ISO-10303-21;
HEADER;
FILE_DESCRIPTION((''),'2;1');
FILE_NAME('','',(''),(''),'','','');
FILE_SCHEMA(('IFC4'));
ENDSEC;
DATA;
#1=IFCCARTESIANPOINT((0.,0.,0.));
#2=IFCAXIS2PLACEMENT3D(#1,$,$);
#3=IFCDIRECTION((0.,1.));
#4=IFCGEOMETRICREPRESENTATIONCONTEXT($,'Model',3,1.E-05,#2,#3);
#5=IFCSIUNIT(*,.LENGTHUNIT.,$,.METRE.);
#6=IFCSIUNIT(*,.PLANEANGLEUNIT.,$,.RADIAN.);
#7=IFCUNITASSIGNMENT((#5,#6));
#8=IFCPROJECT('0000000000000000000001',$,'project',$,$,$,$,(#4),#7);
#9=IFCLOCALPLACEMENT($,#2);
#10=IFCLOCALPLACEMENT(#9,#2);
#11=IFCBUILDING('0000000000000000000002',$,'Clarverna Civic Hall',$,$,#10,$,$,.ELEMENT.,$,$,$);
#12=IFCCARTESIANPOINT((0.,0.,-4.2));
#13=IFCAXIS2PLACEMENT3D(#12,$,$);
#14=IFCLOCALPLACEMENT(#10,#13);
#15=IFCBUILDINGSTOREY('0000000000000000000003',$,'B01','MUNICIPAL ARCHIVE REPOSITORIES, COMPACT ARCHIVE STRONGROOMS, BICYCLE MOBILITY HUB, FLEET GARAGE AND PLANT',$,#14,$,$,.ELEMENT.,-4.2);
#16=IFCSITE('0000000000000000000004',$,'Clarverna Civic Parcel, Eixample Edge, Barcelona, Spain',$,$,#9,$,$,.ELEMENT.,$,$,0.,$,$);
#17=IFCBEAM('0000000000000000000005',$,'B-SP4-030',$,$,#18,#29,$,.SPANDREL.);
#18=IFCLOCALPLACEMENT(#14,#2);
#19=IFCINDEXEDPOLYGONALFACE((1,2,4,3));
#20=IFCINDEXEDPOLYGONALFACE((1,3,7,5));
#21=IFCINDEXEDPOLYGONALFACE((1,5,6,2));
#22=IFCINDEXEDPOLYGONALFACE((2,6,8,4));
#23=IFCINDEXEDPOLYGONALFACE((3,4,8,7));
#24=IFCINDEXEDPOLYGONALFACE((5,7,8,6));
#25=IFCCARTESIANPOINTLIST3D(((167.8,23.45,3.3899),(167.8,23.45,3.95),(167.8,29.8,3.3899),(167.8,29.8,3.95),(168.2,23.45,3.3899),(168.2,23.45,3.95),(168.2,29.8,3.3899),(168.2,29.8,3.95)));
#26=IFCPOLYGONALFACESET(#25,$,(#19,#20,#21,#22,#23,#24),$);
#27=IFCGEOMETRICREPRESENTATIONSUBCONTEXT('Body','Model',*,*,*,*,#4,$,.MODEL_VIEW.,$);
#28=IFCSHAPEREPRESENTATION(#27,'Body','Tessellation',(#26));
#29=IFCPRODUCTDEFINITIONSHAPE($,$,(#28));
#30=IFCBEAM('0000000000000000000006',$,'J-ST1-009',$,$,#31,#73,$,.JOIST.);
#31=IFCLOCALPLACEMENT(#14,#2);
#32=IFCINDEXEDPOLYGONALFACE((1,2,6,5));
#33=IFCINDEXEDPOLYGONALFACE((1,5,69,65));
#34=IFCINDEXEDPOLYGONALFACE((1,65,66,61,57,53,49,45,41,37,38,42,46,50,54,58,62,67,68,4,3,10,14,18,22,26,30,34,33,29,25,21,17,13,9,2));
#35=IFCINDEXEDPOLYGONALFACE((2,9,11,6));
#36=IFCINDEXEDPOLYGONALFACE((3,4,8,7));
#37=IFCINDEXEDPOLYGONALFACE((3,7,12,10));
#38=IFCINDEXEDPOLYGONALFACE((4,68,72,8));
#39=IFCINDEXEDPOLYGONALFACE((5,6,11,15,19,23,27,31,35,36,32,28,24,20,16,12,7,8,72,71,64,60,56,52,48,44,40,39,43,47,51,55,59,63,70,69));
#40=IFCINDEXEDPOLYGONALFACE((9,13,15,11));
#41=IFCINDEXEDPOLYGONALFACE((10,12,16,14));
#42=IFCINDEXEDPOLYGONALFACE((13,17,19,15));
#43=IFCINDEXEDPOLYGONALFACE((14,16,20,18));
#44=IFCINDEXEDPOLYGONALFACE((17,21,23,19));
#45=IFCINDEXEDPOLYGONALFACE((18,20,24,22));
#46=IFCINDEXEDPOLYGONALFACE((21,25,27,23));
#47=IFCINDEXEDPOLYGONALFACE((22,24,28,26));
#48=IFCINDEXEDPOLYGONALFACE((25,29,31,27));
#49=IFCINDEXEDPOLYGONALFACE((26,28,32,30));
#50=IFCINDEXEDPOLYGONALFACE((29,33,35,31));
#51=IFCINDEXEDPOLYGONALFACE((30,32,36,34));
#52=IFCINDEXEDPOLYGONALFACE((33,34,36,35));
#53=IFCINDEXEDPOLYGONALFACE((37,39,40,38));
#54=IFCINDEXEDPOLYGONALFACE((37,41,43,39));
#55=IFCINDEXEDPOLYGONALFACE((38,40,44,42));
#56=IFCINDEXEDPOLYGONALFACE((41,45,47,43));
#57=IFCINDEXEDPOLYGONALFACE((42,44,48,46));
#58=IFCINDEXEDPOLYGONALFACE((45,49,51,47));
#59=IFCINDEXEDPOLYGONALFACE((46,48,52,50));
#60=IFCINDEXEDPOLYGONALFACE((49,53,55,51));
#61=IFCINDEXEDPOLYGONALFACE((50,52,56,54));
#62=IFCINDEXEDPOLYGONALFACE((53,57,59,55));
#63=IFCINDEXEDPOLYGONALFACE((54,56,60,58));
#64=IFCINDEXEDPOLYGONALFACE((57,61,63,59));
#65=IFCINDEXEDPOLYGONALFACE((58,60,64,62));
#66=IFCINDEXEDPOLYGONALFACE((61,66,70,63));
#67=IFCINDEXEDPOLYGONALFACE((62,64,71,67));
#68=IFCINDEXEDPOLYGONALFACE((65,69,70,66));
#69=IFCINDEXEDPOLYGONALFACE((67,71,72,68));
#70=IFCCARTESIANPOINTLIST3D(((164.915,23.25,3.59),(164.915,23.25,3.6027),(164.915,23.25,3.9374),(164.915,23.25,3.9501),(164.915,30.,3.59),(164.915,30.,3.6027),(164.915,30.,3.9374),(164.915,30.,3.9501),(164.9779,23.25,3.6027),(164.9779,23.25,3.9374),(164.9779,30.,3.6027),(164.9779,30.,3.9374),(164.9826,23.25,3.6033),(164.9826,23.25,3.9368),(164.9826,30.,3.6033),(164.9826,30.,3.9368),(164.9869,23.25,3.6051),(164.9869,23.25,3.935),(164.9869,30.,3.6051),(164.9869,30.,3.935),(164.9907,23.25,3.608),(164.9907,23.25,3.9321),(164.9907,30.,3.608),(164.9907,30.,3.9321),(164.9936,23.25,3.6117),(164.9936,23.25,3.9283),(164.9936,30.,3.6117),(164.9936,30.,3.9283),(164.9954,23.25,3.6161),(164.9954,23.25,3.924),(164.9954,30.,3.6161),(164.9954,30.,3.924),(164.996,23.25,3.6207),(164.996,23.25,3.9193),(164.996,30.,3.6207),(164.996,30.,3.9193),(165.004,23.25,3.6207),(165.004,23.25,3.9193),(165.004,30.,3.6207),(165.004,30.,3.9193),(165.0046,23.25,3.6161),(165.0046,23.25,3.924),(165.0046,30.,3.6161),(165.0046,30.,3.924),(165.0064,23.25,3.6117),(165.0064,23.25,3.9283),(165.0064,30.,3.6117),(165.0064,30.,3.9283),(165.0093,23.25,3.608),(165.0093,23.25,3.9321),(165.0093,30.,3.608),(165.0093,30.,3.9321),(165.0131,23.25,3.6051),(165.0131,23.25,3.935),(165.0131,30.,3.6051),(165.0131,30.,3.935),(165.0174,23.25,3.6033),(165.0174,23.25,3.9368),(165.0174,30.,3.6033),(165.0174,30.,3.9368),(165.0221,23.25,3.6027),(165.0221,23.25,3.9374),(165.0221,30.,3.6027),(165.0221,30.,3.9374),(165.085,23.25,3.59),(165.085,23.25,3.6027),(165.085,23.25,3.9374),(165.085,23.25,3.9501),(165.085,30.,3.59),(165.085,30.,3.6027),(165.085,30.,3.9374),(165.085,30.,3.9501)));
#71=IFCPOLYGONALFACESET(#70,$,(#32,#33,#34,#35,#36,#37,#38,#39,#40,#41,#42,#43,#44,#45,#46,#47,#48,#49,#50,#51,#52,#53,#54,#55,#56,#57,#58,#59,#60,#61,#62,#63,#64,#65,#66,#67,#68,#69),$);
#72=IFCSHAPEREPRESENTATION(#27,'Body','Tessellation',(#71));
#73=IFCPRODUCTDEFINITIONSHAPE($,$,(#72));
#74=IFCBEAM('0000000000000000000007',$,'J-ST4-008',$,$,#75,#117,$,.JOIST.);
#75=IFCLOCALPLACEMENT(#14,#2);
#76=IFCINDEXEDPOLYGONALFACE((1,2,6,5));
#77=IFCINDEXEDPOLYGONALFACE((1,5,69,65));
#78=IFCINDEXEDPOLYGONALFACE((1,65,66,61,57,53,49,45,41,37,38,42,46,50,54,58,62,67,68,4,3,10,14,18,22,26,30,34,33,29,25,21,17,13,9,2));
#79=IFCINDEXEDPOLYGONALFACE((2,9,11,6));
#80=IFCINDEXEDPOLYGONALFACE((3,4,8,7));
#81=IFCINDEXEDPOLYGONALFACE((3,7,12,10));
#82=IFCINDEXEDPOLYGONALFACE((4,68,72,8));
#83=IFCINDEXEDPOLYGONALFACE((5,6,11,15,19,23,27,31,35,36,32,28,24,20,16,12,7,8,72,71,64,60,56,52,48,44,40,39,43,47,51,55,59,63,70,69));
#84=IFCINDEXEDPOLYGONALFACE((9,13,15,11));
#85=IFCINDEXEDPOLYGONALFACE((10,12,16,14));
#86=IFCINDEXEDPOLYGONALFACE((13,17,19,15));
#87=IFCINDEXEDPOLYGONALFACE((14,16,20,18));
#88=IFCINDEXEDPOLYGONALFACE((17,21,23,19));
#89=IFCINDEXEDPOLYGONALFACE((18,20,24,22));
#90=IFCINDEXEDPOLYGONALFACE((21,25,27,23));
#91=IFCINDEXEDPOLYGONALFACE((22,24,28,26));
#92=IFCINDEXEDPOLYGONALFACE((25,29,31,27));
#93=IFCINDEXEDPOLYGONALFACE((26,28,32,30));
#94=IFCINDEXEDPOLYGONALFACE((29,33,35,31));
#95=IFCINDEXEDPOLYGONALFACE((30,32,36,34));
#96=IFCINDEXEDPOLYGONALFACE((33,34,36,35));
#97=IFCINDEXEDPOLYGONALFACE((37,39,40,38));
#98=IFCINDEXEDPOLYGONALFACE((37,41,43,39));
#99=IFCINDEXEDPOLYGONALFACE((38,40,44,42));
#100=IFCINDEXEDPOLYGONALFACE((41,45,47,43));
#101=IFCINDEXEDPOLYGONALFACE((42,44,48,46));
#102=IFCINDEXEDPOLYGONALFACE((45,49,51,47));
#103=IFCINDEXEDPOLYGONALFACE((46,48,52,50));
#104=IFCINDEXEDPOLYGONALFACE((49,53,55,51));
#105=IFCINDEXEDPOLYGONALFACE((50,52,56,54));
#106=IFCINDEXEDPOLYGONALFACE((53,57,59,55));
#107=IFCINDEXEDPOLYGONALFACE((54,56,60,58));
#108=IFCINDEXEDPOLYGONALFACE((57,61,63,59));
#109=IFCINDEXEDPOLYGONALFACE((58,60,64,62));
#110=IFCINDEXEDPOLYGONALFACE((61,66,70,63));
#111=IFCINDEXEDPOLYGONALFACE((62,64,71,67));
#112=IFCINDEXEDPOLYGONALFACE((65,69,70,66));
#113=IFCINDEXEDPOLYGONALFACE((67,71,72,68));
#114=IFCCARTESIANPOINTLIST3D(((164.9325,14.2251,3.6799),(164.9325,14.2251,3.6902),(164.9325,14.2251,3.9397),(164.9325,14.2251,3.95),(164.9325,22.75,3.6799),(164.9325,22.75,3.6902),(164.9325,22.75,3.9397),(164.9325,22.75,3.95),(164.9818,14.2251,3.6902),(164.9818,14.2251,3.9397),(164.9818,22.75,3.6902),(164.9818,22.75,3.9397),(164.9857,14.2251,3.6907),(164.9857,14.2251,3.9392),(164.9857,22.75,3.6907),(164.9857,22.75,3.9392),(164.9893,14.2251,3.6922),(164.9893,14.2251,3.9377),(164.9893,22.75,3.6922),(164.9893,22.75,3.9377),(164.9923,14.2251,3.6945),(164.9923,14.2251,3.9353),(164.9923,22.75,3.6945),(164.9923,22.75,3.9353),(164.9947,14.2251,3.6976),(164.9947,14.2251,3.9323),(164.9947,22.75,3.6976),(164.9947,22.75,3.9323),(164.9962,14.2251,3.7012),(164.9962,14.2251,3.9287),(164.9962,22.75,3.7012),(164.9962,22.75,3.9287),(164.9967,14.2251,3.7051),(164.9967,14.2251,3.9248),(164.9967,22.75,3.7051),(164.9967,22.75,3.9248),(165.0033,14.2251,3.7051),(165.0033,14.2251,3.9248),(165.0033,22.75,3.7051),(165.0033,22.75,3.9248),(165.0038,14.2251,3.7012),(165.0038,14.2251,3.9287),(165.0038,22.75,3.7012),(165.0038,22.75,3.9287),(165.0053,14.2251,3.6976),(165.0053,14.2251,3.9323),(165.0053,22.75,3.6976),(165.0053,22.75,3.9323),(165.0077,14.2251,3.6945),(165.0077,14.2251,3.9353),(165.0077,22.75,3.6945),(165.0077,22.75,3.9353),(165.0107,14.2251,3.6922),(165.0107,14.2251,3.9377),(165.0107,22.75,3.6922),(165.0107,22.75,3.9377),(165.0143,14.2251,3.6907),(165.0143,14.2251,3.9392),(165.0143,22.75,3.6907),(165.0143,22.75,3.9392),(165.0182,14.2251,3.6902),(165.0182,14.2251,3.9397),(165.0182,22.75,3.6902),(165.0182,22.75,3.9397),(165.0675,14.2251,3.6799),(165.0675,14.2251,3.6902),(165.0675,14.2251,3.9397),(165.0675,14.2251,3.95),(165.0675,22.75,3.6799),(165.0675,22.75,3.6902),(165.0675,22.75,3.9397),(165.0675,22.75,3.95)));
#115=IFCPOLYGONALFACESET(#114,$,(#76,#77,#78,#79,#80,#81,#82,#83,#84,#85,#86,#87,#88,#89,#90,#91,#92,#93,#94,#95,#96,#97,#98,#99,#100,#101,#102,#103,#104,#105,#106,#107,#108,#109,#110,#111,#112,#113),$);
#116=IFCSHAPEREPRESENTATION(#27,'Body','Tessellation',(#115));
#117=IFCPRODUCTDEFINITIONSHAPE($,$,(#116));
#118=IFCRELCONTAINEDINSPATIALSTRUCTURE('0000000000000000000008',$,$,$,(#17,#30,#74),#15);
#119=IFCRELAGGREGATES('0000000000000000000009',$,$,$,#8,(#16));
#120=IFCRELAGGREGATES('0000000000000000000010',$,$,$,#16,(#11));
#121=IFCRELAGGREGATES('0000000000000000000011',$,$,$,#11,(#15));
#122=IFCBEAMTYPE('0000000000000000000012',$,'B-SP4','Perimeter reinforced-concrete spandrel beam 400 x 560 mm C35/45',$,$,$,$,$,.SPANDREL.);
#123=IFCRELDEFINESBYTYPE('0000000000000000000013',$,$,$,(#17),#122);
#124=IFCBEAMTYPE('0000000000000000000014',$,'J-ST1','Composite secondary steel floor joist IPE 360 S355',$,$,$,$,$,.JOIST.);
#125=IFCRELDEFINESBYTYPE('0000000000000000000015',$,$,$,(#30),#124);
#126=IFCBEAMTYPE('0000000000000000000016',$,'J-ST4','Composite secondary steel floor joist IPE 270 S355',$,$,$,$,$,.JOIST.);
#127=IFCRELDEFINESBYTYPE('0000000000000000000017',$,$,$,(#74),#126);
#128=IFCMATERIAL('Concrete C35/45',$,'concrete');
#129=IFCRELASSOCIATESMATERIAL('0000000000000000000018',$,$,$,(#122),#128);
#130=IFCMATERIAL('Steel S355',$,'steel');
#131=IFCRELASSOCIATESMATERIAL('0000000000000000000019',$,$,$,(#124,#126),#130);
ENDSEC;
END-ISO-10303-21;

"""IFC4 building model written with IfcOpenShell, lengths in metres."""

from ifc_helpers import new_model, si_unit, direction, frame, origin, origin_2d, place, context, subcontext, project, spatial, rectangle, i_section, extrude, material, material_profile, profile_set, type_object, element, save


model = new_model("IFC4")

# Units and contexts
model_context = context("Model", 3, precision=1e-05, world=origin(), true_north=direction((0.0, 1.0)))
body_context = subcontext(model_context, "Body", "Model", "MODEL_VIEW")
ifc_project = project(units=[si_unit("LENGTHUNIT", "METRE"), si_unit("PLANEANGLEUNIT", "RADIAN")], contexts=[model_context])

# Site, building, storey
site_placement = place(None, origin())
site = spatial("IfcSite", under=ifc_project, at=site_placement, Name="Clarverna Civic Parcel, Eixample Edge, Barcelona, Spain", CompositionType="ELEMENT", RefElevation=0.0)
building_placement = place(site_placement, origin())
building = spatial("IfcBuilding", under=site, at=building_placement, Name="Clarverna Civic Hall", CompositionType="ELEMENT")
storey_placement = place(building_placement, frame((0.0, 0.0, -4.2)))
storey = spatial("IfcBuildingStorey", under=building, at=storey_placement, Name="B01", Description="MUNICIPAL ARCHIVE REPOSITORIES, COMPACT ARCHIVE STRONGROOMS, BICYCLE MOBILITY HUB, FLEET GARAGE AND PLANT", CompositionType="ELEMENT", Elevation=-4.2)

# Beams
ifc_material_1 = material(Name="Concrete C35/45", Category="concrete")
ifc_material_profile_1 = material_profile(ifc_material_1, rectangle(XDim=0.3999, YDim=0.5601, at=origin_2d()), Name="RC 400x560")
ifc_profile_set_1 = profile_set([ifc_material_profile_1], Name="Concrete C35/45")
beam_type_1 = type_object("IfcBeamType", Name="B-SP4", Description="Perimeter reinforced-concrete spandrel beam 400 x 560 mm C35/45", PredefinedType="SPANDREL", material=ifc_profile_set_1)
beam_1_placement = place(storey_placement, frame((168.0, 23.45, 3.6699), z_axis=(0.0, 1.0, 0.0), x_axis=(-1.0, 0.0, 0.0)))
element("IfcBeam", 1, at=beam_1_placement, inside=storey, type_object=beam_type_1, Name="B-SP4-030", PredefinedType="SPANDREL", context=body_context, shape_type="SweptSolid", body=[
    extrude(rectangle(XDim=0.3999, YDim=0.5601, at=origin_2d()), origin(), (0.0, 0.0, 1.0), 6.3501),
])
ifc_material_2 = material(Name="Steel S355", Category="steel")
ifc_material_profile_2 = material_profile(ifc_material_2, i_section(OverallWidth=0.1699, OverallDepth=0.3601, WebThickness=0.0081, FlangeThickness=0.0127, FilletRadius=0.0181, at=origin_2d()), Name="IPE 360")
ifc_profile_set_2 = profile_set([ifc_material_profile_2], Name="Steel S355")
beam_type_2 = type_object("IfcBeamType", Name="J-ST1", Description="Composite secondary steel floor joist IPE 360 S355", PredefinedType="JOIST", material=ifc_profile_set_2)
beam_2_placement = place(storey_placement, frame((165.0, 23.25, 3.77), z_axis=(0.0, 1.0, 0.0), x_axis=(-1.0, 0.0, 0.0)))
element("IfcBeam", 2, at=beam_2_placement, inside=storey, type_object=beam_type_2, Name="J-ST1-009", PredefinedType="JOIST", context=body_context, shape_type="SweptSolid", body=[
    extrude(i_section(OverallWidth=0.1699, OverallDepth=0.3601, WebThickness=0.0081, FlangeThickness=0.0127, FilletRadius=0.0181, at=origin_2d()), origin(), (0.0, 0.0, 1.0), 6.75),
])
ifc_material_profile_3 = material_profile(ifc_material_2, i_section(OverallWidth=0.135, OverallDepth=0.27, WebThickness=0.0066, FlangeThickness=0.0103, FilletRadius=0.0149, at=origin_2d()), Name="IPE 270")
ifc_profile_set_3 = profile_set([ifc_material_profile_3], Name="Steel S355")
beam_type_3 = type_object("IfcBeamType", Name="J-ST4", Description="Composite secondary steel floor joist IPE 270 S355", PredefinedType="JOIST", material=ifc_profile_set_3)
beam_3_placement = place(storey_placement, frame((165.0, 14.2251, 3.8149), z_axis=(0.0, 1.0, 0.0), x_axis=(-1.0, 0.0, 0.0)))
element("IfcBeam", 3, at=beam_3_placement, inside=storey, type_object=beam_type_3, Name="J-ST4-008", PredefinedType="JOIST", context=body_context, shape_type="SweptSolid", body=[
    extrude(i_section(OverallWidth=0.135, OverallDepth=0.27, WebThickness=0.0066, FlangeThickness=0.0103, FilletRadius=0.0149, at=origin_2d()), origin(), (0.0, 0.0, 1.0), 8.5249),
])

save(model, "model.ifc")
